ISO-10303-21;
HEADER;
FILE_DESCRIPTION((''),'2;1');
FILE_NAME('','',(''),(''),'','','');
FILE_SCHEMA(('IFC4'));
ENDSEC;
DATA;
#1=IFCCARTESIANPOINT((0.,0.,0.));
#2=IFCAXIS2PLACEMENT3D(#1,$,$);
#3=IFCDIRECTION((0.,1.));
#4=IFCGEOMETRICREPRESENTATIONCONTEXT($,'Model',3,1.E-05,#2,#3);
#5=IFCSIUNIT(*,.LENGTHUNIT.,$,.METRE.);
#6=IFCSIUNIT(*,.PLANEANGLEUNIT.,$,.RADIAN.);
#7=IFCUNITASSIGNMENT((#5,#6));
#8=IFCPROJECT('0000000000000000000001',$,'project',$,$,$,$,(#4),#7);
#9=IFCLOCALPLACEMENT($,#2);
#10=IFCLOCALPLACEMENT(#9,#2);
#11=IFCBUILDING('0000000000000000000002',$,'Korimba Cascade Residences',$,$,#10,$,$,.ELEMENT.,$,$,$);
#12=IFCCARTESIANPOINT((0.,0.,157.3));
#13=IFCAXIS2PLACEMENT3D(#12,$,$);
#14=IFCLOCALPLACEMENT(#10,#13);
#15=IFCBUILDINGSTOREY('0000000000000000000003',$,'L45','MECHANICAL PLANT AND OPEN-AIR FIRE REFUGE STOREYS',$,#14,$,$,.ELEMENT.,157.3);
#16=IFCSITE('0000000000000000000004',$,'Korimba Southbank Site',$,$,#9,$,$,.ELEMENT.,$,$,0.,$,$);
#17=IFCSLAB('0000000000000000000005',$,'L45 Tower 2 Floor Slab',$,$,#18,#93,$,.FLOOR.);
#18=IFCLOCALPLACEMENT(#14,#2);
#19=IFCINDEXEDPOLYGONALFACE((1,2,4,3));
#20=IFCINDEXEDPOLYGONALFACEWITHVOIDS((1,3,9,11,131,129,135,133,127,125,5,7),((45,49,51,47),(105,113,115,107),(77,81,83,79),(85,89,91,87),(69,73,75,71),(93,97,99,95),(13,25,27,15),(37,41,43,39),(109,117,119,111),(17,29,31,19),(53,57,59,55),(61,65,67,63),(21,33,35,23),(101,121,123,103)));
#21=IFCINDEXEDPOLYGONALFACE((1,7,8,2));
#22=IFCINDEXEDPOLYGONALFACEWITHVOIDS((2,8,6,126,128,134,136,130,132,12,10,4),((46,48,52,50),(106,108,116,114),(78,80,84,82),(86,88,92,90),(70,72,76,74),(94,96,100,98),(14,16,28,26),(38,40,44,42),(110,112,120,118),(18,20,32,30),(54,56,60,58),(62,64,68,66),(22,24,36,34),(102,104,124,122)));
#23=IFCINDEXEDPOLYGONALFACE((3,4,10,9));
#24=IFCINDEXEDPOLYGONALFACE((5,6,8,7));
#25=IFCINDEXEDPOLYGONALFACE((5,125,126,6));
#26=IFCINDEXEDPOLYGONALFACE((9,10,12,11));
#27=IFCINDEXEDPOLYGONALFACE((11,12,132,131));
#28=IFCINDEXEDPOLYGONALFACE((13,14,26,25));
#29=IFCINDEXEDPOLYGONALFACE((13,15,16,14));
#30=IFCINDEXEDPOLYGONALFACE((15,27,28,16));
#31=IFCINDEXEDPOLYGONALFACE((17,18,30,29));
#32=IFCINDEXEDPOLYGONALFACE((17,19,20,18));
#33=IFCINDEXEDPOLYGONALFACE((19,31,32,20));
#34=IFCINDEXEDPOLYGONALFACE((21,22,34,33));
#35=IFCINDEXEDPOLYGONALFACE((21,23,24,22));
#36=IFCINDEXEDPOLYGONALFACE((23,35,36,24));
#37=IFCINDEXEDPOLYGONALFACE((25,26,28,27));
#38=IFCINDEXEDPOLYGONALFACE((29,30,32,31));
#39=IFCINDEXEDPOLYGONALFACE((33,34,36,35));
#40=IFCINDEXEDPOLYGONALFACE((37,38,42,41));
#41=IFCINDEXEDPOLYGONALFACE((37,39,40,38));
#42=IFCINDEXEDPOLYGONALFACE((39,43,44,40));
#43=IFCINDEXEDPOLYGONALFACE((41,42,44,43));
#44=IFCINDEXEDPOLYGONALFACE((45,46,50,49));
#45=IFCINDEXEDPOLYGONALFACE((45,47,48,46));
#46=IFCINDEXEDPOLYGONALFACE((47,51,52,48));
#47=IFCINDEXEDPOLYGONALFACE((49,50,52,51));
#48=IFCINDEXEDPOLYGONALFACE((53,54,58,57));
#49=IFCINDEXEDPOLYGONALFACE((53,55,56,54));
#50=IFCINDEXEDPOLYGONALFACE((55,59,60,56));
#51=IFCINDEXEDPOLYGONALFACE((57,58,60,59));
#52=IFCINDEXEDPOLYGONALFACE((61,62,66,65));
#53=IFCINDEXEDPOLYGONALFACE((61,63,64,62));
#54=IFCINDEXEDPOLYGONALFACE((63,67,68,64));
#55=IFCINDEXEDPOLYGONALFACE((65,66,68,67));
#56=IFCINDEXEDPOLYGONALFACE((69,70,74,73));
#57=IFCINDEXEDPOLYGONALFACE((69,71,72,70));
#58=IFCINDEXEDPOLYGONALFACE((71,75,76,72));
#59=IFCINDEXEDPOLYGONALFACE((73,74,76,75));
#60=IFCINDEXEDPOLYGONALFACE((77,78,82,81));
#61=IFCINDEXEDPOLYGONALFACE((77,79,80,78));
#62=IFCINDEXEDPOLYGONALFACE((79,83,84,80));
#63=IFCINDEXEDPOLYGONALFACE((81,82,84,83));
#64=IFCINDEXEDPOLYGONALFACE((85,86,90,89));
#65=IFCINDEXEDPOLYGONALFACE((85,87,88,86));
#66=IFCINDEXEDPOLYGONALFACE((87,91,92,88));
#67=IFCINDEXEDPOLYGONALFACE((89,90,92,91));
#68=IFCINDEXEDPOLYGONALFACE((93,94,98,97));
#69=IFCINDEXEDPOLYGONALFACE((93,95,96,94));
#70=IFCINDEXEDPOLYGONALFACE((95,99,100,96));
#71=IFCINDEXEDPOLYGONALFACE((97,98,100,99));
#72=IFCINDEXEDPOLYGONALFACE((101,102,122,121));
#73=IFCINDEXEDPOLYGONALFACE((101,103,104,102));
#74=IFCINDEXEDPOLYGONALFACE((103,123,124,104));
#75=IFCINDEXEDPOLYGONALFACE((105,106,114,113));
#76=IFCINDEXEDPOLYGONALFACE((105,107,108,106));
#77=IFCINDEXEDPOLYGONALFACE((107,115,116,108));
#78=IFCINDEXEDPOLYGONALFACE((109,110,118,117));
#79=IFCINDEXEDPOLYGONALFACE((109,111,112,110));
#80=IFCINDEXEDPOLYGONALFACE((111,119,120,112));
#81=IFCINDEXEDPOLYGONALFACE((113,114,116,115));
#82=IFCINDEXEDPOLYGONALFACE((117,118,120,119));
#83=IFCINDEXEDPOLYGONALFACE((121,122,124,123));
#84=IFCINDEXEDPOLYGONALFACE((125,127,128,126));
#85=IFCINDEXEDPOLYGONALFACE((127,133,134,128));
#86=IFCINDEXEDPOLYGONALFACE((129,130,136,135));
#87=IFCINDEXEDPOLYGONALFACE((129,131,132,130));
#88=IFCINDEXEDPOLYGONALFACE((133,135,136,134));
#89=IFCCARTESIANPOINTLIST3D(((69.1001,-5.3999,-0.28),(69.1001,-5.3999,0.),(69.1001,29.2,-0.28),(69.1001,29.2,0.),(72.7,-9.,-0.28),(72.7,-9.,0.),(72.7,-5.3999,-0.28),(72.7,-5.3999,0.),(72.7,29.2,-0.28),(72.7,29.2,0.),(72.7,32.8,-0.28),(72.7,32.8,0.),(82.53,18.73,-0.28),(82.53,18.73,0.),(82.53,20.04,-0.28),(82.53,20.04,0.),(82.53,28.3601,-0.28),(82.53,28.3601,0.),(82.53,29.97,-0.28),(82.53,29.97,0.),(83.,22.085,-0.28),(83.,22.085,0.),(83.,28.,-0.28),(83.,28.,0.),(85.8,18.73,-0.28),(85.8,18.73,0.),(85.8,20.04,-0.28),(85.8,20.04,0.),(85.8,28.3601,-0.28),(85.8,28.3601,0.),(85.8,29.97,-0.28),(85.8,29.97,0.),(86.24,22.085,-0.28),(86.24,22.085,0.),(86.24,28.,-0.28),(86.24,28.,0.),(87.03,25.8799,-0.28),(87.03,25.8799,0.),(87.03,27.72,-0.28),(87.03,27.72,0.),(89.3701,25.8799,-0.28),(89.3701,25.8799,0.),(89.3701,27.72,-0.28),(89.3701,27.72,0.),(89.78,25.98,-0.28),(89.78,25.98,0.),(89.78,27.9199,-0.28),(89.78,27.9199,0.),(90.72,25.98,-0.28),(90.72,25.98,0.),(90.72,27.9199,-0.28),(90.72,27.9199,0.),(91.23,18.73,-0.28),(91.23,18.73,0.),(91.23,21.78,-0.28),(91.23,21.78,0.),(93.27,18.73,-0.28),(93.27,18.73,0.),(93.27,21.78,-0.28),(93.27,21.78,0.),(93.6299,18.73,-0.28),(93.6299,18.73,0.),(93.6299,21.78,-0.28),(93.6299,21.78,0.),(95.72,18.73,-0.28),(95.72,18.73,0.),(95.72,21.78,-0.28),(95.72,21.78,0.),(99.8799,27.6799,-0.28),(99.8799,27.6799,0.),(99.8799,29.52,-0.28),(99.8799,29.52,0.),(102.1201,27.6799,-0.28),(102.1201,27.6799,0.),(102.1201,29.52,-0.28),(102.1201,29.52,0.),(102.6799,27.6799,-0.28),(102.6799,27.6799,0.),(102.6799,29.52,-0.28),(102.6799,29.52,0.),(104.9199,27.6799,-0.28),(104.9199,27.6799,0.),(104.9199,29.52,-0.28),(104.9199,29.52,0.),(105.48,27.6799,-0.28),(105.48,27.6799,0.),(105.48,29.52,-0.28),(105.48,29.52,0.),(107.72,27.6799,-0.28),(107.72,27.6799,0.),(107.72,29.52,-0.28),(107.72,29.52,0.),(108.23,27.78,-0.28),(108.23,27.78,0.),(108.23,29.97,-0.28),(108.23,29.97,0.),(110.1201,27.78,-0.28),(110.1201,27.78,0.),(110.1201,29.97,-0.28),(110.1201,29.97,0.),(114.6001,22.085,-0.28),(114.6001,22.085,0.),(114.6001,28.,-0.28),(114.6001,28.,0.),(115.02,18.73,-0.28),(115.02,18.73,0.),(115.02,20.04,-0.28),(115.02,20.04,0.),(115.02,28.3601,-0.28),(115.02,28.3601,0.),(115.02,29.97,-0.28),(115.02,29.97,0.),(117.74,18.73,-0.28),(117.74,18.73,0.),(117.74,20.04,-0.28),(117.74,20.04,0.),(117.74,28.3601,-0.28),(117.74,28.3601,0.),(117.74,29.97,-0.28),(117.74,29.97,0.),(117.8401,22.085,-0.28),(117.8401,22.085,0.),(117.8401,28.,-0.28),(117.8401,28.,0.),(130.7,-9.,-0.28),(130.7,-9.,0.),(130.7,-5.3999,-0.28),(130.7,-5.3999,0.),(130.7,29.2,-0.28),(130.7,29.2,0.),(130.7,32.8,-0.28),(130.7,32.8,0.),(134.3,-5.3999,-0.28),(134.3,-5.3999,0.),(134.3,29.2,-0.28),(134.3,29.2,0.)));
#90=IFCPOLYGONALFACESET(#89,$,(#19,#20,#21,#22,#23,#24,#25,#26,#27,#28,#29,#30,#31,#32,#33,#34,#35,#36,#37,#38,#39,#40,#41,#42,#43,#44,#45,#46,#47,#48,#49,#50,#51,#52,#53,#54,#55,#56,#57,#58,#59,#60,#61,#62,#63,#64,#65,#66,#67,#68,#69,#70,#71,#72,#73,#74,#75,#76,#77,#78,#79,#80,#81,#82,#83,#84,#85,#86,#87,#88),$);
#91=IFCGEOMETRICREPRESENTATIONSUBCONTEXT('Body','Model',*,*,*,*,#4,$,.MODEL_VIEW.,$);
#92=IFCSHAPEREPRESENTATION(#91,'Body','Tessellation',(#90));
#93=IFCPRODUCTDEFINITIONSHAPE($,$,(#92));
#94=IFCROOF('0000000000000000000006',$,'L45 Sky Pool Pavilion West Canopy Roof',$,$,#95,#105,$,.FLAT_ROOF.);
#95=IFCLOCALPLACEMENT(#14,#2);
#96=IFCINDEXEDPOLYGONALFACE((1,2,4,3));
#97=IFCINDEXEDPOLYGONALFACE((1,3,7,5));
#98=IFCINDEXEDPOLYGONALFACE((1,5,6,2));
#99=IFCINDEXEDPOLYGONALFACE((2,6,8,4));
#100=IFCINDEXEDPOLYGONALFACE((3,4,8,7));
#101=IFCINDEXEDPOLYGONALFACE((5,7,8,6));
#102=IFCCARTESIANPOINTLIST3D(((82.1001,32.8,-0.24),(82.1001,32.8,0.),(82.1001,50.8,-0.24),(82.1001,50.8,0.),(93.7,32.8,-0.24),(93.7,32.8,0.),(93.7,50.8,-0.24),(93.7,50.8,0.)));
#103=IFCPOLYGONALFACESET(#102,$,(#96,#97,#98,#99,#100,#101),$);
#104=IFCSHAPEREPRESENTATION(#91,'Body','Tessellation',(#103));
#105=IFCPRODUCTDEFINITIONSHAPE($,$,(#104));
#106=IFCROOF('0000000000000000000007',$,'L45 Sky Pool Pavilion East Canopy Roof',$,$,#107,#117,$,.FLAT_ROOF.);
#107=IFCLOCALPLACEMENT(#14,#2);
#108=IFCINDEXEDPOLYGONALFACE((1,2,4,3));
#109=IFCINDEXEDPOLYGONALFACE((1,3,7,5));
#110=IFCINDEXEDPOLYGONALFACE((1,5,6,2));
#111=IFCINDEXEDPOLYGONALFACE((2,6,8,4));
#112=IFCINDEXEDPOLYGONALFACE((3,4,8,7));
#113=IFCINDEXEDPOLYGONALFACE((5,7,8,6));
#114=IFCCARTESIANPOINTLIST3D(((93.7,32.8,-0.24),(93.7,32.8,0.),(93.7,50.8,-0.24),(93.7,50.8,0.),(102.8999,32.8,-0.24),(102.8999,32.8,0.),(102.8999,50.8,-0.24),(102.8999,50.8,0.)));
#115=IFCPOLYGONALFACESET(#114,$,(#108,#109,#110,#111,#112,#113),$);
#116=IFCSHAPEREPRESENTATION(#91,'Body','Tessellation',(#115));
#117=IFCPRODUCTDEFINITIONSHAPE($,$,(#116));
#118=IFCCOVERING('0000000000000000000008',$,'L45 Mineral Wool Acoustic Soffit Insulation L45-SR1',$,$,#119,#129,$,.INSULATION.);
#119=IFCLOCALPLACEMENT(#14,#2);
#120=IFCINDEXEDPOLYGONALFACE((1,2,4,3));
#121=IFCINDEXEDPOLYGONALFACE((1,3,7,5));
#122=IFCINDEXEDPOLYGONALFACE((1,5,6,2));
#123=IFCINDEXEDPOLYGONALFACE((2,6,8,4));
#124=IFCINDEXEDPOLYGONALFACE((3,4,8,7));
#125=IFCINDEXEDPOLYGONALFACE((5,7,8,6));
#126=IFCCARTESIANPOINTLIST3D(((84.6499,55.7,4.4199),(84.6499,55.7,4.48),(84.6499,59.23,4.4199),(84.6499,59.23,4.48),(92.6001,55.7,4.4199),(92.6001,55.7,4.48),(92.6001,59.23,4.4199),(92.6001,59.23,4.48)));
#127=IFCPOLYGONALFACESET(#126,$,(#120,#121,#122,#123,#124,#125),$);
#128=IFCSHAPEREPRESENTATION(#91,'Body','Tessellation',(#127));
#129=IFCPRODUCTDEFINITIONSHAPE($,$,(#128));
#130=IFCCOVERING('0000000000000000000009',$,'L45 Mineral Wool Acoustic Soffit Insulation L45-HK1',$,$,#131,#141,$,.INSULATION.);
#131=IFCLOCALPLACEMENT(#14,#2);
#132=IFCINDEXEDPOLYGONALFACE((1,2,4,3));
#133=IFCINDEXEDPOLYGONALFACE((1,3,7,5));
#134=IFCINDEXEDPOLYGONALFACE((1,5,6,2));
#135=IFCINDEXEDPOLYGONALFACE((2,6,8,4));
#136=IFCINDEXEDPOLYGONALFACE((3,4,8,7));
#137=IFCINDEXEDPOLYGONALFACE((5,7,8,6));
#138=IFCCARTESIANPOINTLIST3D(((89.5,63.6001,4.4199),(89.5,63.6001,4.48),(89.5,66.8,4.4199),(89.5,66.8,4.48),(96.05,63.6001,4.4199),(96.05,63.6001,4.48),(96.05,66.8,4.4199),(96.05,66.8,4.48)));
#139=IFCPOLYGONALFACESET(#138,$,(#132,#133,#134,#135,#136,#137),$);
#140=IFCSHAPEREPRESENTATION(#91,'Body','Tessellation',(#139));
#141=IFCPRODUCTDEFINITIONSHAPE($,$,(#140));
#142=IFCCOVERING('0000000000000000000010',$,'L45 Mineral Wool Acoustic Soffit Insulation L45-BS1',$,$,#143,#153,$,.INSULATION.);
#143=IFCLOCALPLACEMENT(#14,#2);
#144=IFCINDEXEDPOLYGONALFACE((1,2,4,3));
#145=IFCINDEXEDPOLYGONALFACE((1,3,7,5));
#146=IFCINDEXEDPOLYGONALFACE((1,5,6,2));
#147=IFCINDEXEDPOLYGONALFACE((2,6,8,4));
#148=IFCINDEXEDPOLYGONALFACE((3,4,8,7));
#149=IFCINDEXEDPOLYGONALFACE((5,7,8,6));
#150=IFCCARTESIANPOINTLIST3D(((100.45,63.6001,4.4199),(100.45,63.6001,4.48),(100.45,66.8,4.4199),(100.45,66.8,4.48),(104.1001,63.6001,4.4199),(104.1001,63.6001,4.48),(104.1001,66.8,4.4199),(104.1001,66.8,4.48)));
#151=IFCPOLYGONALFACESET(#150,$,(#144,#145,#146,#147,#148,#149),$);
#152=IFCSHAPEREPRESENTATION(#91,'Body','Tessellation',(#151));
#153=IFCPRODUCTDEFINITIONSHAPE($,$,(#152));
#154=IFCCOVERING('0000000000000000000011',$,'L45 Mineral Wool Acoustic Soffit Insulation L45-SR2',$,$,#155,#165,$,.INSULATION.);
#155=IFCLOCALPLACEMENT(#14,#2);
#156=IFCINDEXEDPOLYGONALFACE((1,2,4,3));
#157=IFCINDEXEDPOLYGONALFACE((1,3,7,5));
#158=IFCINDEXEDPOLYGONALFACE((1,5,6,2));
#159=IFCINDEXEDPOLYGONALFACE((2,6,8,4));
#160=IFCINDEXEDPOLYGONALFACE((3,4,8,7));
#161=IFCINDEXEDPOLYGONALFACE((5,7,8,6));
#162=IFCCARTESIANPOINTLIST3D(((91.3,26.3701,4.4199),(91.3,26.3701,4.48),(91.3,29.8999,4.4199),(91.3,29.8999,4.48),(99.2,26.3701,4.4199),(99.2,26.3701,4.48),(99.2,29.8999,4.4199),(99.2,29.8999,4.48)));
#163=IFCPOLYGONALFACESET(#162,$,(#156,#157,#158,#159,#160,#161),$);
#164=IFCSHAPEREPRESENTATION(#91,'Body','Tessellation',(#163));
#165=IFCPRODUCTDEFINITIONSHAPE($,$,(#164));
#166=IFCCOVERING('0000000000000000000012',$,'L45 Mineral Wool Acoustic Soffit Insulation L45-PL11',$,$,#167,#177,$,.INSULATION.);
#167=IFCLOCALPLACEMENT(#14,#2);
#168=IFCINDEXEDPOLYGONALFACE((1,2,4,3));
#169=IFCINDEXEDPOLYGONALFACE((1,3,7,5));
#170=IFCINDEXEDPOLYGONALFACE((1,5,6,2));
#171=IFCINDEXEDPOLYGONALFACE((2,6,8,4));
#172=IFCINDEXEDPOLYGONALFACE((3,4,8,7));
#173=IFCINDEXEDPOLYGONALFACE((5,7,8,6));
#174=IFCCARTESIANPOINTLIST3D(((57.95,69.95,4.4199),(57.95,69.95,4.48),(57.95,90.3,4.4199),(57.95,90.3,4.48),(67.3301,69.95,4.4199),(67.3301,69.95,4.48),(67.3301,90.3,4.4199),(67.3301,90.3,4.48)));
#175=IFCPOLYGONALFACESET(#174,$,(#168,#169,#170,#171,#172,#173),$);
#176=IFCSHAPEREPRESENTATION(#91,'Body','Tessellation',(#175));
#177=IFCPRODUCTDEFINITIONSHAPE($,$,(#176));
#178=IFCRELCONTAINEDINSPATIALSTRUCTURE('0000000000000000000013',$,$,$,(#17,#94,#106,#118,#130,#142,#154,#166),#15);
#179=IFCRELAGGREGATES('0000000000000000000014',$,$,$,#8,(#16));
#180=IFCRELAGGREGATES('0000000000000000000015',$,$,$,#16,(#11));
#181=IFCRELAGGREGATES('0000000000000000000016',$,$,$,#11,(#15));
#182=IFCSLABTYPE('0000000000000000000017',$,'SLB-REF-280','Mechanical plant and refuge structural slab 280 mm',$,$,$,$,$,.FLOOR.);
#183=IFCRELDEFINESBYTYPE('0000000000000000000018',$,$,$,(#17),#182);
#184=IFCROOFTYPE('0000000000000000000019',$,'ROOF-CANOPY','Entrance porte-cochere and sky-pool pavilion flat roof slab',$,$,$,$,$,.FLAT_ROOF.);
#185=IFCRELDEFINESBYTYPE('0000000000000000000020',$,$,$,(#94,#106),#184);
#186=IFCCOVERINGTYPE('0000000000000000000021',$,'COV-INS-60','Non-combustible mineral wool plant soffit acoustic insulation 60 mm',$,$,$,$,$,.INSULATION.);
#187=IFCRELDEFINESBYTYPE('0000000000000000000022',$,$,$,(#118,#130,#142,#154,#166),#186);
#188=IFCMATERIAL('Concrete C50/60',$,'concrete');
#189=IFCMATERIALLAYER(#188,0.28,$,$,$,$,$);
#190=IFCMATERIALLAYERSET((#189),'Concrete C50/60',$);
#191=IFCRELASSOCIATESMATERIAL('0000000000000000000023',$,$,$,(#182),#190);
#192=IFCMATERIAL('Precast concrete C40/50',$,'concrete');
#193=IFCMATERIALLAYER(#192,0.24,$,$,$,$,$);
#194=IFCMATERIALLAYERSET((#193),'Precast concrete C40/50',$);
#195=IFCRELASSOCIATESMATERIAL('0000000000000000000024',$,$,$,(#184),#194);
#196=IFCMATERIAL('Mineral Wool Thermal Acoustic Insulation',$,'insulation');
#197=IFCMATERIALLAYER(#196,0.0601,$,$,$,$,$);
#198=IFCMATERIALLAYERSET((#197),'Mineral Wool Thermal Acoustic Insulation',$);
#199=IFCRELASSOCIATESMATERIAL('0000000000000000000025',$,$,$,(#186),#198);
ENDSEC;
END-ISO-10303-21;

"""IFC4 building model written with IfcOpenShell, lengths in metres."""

from ifc_helpers import new_model, si_unit, direction, frame, origin, place, context, subcontext, project, spatial, polyline, outline, extrude, material, layer, layer_set, type_object, element, save


model = new_model("IFC4")

# Units and contexts
model_context = context("Model", 3, precision=1e-05, world=origin(), true_north=direction((0.0, 1.0)))
body_context = subcontext(model_context, "Body", "Model", "MODEL_VIEW")
ifc_project = project(units=[si_unit("LENGTHUNIT", "METRE"), si_unit("PLANEANGLEUNIT", "RADIAN")], contexts=[model_context])

# Site, building, storey
site_placement = place(None, origin())
site = spatial("IfcSite", under=ifc_project, at=site_placement, Name="Korimba Southbank Site", CompositionType="ELEMENT", RefElevation=0.0)
building_placement = place(site_placement, origin())
building = spatial("IfcBuilding", under=site, at=building_placement, Name="Korimba Cascade Residences", CompositionType="ELEMENT")
storey_placement = place(building_placement, frame((0.0, 0.0, 157.3)))
storey = spatial("IfcBuildingStorey", under=building, at=storey_placement, Name="L45", Description="MECHANICAL PLANT AND OPEN-AIR FIRE REFUGE STOREYS", CompositionType="ELEMENT", Elevation=157.3)

# Shared definitions
ifc_material_1 = material(Name="Concrete C50/60", Category="concrete")

# Slab
ifc_layer_1 = layer(ifc_material_1, 0.28)
ifc_layer_set_1 = layer_set([ifc_layer_1], Name="Concrete C50/60")
slab_type_1 = type_object("IfcSlabType", Name="SLB-REF-280", Description="Mechanical plant and refuge structural slab 280 mm", PredefinedType="FLOOR", material=ifc_layer_set_1)
slab_1_placement = place(storey_placement, frame((0.0, 0.0, -0.28)))
element("IfcSlab", 1, at=slab_1_placement, inside=storey, type_object=slab_type_1, Name="L45 Tower 2 Floor Slab", PredefinedType="FLOOR", context=body_context, shape_type="SweptSolid", body=[
    extrude(outline(polyline([(72.7, -9.0), (130.7, -9.0), (130.7, -5.3999), (134.3, -5.3999), (134.3, 29.2), (130.7, 29.2), (130.7, 32.8), (72.7, 32.8), (72.7, 29.2), (69.1001, 29.2), (69.1001, -5.3999), (72.7, -5.3999), (72.7, -9.0)]), holes=[polyline([(86.24, 22.085), (86.24, 28.0), (83.0, 28.0), (83.0, 22.085), (86.24, 22.085)]), polyline([(117.8401, 22.085), (117.8401, 28.0), (114.6001, 28.0), (114.6001, 22.085), (117.8401, 22.085)]), polyline([(87.03, 25.8799), (89.3701, 25.8799), (89.3701, 27.72), (87.03, 27.72), (87.03, 25.8799)]), polyline([(99.8799, 27.6799), (102.1201, 27.6799), (102.1201, 29.52), (99.8799, 29.52), (99.8799, 27.6799)]), polyline([(102.6799, 27.6799), (104.9199, 27.6799), (104.9199, 29.52), (102.6799, 29.52), (102.6799, 27.6799)]), polyline([(105.48, 27.6799), (107.72, 27.6799), (107.72, 29.52), (105.48, 29.52), (105.48, 27.6799)]), polyline([(89.78, 25.98), (90.72, 25.98), (90.72, 27.9199), (89.78, 27.9199), (89.78, 25.98)]), polyline([(82.53, 18.73), (85.8, 18.73), (85.8, 20.04), (82.53, 20.04), (82.53, 18.73)]), polyline([(82.53, 28.3601), (85.8, 28.3601), (85.8, 29.97), (82.53, 29.97), (82.53, 28.3601)]), polyline([(108.23, 27.78), (110.1201, 27.78), (110.1201, 29.97), (108.23, 29.97), (108.23, 27.78)]), polyline([(91.23, 18.73), (93.27, 18.73), (93.27, 21.78), (91.23, 21.78), (91.23, 18.73)]), polyline([(93.6299, 18.73), (95.72, 18.73), (95.72, 21.78), (93.6299, 21.78), (93.6299, 18.73)]), polyline([(115.02, 18.73), (117.74, 18.73), (117.74, 20.04), (115.02, 20.04), (115.02, 18.73)]), polyline([(115.02, 28.3601), (117.74, 28.3601), (117.74, 29.97), (115.02, 29.97), (115.02, 28.3601)])]), origin(), (0.0, 0.0, 1.0), 0.28),
])

# Roofs
ifc_material_2 = material(Name="Precast concrete C40/50", Category="concrete")
ifc_layer_2 = layer(ifc_material_2, 0.24)
ifc_layer_set_2 = layer_set([ifc_layer_2], Name="Precast concrete C40/50")
roof_type = type_object("IfcRoofType", Name="ROOF-CANOPY", Description="Entrance porte-cochere and sky-pool pavilion flat roof slab", PredefinedType="FLAT_ROOF", material=ifc_layer_set_2)
roof_1_placement = place(storey_placement, frame((0.0, 0.0, -0.24)))
element("IfcRoof", 2, at=roof_1_placement, inside=storey, type_object=roof_type, Name="L45 Sky Pool Pavilion West Canopy Roof", PredefinedType="FLAT_ROOF", context=body_context, shape_type="SweptSolid", body=[
    extrude(outline(polyline([(82.1001, 32.8), (93.7, 32.8), (93.7, 50.8), (82.1001, 50.8), (82.1001, 32.8)])), origin(), (0.0, 0.0, 1.0), 0.24),
])
roof_2_placement = place(storey_placement, frame((0.0, 0.0, -0.24)))
element("IfcRoof", 3, at=roof_2_placement, inside=storey, type_object=roof_type, Name="L45 Sky Pool Pavilion East Canopy Roof", PredefinedType="FLAT_ROOF", context=body_context, shape_type="SweptSolid", body=[
    extrude(outline(polyline([(93.7, 32.8), (102.8999, 32.8), (102.8999, 50.8), (93.7, 50.8), (93.7, 32.8)])), origin(), (0.0, 0.0, 1.0), 0.24),
])

# Coverings
ifc_material_3 = material(Name="Mineral Wool Thermal Acoustic Insulation", Category="insulation")
ifc_layer_3 = layer(ifc_material_3, 0.0601)
ifc_layer_set_3 = layer_set([ifc_layer_3], Name="Mineral Wool Thermal Acoustic Insulation")
covering_type = type_object("IfcCoveringType", Name="COV-INS-60", Description="Non-combustible mineral wool plant soffit acoustic insulation 60 mm", PredefinedType="INSULATION", material=ifc_layer_set_3)
covering_1_placement = place(storey_placement, frame((0.0, 0.0, 4.4199)))
element("IfcCovering", 4, at=covering_1_placement, inside=storey, type_object=covering_type, Name="L45 Mineral Wool Acoustic Soffit Insulation L45-SR1", PredefinedType="INSULATION", context=body_context, shape_type="SweptSolid", body=[
    extrude(outline(polyline([(84.6499, 55.7), (92.6001, 55.7), (92.6001, 59.23), (84.6499, 59.23), (84.6499, 55.7)])), origin(), (0.0, 0.0, 1.0), 0.0601),
])
covering_2_placement = place(storey_placement, frame((0.0, 0.0, 4.4199)))
element("IfcCovering", 5, at=covering_2_placement, inside=storey, type_object=covering_type, Name="L45 Mineral Wool Acoustic Soffit Insulation L45-HK1", PredefinedType="INSULATION", context=body_context, shape_type="SweptSolid", body=[
    extrude(outline(polyline([(89.5, 63.6001), (96.05, 63.6001), (96.05, 66.8), (89.5, 66.8), (89.5, 63.6001)])), origin(), (0.0, 0.0, 1.0), 0.0601),
])
covering_3_placement = place(storey_placement, frame((0.0, 0.0, 4.4199)))
element("IfcCovering", 6, at=covering_3_placement, inside=storey, type_object=covering_type, Name="L45 Mineral Wool Acoustic Soffit Insulation L45-BS1", PredefinedType="INSULATION", context=body_context, shape_type="SweptSolid", body=[
    extrude(outline(polyline([(100.45, 63.6001), (104.1001, 63.6001), (104.1001, 66.8), (100.45, 66.8), (100.45, 63.6001)])), origin(), (0.0, 0.0, 1.0), 0.0601),
])
covering_4_placement = place(storey_placement, frame((0.0, 0.0, 4.4199)))
element("IfcCovering", 7, at=covering_4_placement, inside=storey, type_object=covering_type, Name="L45 Mineral Wool Acoustic Soffit Insulation L45-SR2", PredefinedType="INSULATION", context=body_context, shape_type="SweptSolid", body=[
    extrude(outline(polyline([(91.3, 26.3701), (99.2, 26.3701), (99.2, 29.8999), (91.3, 29.8999), (91.3, 26.3701)])), origin(), (0.0, 0.0, 1.0), 0.0601),
])
covering_5_placement = place(storey_placement, frame((0.0, 0.0, 4.4199)))
element("IfcCovering", 8, at=covering_5_placement, inside=storey, type_object=covering_type, Name="L45 Mineral Wool Acoustic Soffit Insulation L45-PL11", PredefinedType="INSULATION", context=body_context, shape_type="SweptSolid", body=[
    extrude(outline(polyline([(57.95, 69.95), (67.3301, 69.95), (67.3301, 90.3), (57.95, 90.3), (57.95, 69.95)])), origin(), (0.0, 0.0, 1.0), 0.0601),
])

save(model, "model.ifc")
